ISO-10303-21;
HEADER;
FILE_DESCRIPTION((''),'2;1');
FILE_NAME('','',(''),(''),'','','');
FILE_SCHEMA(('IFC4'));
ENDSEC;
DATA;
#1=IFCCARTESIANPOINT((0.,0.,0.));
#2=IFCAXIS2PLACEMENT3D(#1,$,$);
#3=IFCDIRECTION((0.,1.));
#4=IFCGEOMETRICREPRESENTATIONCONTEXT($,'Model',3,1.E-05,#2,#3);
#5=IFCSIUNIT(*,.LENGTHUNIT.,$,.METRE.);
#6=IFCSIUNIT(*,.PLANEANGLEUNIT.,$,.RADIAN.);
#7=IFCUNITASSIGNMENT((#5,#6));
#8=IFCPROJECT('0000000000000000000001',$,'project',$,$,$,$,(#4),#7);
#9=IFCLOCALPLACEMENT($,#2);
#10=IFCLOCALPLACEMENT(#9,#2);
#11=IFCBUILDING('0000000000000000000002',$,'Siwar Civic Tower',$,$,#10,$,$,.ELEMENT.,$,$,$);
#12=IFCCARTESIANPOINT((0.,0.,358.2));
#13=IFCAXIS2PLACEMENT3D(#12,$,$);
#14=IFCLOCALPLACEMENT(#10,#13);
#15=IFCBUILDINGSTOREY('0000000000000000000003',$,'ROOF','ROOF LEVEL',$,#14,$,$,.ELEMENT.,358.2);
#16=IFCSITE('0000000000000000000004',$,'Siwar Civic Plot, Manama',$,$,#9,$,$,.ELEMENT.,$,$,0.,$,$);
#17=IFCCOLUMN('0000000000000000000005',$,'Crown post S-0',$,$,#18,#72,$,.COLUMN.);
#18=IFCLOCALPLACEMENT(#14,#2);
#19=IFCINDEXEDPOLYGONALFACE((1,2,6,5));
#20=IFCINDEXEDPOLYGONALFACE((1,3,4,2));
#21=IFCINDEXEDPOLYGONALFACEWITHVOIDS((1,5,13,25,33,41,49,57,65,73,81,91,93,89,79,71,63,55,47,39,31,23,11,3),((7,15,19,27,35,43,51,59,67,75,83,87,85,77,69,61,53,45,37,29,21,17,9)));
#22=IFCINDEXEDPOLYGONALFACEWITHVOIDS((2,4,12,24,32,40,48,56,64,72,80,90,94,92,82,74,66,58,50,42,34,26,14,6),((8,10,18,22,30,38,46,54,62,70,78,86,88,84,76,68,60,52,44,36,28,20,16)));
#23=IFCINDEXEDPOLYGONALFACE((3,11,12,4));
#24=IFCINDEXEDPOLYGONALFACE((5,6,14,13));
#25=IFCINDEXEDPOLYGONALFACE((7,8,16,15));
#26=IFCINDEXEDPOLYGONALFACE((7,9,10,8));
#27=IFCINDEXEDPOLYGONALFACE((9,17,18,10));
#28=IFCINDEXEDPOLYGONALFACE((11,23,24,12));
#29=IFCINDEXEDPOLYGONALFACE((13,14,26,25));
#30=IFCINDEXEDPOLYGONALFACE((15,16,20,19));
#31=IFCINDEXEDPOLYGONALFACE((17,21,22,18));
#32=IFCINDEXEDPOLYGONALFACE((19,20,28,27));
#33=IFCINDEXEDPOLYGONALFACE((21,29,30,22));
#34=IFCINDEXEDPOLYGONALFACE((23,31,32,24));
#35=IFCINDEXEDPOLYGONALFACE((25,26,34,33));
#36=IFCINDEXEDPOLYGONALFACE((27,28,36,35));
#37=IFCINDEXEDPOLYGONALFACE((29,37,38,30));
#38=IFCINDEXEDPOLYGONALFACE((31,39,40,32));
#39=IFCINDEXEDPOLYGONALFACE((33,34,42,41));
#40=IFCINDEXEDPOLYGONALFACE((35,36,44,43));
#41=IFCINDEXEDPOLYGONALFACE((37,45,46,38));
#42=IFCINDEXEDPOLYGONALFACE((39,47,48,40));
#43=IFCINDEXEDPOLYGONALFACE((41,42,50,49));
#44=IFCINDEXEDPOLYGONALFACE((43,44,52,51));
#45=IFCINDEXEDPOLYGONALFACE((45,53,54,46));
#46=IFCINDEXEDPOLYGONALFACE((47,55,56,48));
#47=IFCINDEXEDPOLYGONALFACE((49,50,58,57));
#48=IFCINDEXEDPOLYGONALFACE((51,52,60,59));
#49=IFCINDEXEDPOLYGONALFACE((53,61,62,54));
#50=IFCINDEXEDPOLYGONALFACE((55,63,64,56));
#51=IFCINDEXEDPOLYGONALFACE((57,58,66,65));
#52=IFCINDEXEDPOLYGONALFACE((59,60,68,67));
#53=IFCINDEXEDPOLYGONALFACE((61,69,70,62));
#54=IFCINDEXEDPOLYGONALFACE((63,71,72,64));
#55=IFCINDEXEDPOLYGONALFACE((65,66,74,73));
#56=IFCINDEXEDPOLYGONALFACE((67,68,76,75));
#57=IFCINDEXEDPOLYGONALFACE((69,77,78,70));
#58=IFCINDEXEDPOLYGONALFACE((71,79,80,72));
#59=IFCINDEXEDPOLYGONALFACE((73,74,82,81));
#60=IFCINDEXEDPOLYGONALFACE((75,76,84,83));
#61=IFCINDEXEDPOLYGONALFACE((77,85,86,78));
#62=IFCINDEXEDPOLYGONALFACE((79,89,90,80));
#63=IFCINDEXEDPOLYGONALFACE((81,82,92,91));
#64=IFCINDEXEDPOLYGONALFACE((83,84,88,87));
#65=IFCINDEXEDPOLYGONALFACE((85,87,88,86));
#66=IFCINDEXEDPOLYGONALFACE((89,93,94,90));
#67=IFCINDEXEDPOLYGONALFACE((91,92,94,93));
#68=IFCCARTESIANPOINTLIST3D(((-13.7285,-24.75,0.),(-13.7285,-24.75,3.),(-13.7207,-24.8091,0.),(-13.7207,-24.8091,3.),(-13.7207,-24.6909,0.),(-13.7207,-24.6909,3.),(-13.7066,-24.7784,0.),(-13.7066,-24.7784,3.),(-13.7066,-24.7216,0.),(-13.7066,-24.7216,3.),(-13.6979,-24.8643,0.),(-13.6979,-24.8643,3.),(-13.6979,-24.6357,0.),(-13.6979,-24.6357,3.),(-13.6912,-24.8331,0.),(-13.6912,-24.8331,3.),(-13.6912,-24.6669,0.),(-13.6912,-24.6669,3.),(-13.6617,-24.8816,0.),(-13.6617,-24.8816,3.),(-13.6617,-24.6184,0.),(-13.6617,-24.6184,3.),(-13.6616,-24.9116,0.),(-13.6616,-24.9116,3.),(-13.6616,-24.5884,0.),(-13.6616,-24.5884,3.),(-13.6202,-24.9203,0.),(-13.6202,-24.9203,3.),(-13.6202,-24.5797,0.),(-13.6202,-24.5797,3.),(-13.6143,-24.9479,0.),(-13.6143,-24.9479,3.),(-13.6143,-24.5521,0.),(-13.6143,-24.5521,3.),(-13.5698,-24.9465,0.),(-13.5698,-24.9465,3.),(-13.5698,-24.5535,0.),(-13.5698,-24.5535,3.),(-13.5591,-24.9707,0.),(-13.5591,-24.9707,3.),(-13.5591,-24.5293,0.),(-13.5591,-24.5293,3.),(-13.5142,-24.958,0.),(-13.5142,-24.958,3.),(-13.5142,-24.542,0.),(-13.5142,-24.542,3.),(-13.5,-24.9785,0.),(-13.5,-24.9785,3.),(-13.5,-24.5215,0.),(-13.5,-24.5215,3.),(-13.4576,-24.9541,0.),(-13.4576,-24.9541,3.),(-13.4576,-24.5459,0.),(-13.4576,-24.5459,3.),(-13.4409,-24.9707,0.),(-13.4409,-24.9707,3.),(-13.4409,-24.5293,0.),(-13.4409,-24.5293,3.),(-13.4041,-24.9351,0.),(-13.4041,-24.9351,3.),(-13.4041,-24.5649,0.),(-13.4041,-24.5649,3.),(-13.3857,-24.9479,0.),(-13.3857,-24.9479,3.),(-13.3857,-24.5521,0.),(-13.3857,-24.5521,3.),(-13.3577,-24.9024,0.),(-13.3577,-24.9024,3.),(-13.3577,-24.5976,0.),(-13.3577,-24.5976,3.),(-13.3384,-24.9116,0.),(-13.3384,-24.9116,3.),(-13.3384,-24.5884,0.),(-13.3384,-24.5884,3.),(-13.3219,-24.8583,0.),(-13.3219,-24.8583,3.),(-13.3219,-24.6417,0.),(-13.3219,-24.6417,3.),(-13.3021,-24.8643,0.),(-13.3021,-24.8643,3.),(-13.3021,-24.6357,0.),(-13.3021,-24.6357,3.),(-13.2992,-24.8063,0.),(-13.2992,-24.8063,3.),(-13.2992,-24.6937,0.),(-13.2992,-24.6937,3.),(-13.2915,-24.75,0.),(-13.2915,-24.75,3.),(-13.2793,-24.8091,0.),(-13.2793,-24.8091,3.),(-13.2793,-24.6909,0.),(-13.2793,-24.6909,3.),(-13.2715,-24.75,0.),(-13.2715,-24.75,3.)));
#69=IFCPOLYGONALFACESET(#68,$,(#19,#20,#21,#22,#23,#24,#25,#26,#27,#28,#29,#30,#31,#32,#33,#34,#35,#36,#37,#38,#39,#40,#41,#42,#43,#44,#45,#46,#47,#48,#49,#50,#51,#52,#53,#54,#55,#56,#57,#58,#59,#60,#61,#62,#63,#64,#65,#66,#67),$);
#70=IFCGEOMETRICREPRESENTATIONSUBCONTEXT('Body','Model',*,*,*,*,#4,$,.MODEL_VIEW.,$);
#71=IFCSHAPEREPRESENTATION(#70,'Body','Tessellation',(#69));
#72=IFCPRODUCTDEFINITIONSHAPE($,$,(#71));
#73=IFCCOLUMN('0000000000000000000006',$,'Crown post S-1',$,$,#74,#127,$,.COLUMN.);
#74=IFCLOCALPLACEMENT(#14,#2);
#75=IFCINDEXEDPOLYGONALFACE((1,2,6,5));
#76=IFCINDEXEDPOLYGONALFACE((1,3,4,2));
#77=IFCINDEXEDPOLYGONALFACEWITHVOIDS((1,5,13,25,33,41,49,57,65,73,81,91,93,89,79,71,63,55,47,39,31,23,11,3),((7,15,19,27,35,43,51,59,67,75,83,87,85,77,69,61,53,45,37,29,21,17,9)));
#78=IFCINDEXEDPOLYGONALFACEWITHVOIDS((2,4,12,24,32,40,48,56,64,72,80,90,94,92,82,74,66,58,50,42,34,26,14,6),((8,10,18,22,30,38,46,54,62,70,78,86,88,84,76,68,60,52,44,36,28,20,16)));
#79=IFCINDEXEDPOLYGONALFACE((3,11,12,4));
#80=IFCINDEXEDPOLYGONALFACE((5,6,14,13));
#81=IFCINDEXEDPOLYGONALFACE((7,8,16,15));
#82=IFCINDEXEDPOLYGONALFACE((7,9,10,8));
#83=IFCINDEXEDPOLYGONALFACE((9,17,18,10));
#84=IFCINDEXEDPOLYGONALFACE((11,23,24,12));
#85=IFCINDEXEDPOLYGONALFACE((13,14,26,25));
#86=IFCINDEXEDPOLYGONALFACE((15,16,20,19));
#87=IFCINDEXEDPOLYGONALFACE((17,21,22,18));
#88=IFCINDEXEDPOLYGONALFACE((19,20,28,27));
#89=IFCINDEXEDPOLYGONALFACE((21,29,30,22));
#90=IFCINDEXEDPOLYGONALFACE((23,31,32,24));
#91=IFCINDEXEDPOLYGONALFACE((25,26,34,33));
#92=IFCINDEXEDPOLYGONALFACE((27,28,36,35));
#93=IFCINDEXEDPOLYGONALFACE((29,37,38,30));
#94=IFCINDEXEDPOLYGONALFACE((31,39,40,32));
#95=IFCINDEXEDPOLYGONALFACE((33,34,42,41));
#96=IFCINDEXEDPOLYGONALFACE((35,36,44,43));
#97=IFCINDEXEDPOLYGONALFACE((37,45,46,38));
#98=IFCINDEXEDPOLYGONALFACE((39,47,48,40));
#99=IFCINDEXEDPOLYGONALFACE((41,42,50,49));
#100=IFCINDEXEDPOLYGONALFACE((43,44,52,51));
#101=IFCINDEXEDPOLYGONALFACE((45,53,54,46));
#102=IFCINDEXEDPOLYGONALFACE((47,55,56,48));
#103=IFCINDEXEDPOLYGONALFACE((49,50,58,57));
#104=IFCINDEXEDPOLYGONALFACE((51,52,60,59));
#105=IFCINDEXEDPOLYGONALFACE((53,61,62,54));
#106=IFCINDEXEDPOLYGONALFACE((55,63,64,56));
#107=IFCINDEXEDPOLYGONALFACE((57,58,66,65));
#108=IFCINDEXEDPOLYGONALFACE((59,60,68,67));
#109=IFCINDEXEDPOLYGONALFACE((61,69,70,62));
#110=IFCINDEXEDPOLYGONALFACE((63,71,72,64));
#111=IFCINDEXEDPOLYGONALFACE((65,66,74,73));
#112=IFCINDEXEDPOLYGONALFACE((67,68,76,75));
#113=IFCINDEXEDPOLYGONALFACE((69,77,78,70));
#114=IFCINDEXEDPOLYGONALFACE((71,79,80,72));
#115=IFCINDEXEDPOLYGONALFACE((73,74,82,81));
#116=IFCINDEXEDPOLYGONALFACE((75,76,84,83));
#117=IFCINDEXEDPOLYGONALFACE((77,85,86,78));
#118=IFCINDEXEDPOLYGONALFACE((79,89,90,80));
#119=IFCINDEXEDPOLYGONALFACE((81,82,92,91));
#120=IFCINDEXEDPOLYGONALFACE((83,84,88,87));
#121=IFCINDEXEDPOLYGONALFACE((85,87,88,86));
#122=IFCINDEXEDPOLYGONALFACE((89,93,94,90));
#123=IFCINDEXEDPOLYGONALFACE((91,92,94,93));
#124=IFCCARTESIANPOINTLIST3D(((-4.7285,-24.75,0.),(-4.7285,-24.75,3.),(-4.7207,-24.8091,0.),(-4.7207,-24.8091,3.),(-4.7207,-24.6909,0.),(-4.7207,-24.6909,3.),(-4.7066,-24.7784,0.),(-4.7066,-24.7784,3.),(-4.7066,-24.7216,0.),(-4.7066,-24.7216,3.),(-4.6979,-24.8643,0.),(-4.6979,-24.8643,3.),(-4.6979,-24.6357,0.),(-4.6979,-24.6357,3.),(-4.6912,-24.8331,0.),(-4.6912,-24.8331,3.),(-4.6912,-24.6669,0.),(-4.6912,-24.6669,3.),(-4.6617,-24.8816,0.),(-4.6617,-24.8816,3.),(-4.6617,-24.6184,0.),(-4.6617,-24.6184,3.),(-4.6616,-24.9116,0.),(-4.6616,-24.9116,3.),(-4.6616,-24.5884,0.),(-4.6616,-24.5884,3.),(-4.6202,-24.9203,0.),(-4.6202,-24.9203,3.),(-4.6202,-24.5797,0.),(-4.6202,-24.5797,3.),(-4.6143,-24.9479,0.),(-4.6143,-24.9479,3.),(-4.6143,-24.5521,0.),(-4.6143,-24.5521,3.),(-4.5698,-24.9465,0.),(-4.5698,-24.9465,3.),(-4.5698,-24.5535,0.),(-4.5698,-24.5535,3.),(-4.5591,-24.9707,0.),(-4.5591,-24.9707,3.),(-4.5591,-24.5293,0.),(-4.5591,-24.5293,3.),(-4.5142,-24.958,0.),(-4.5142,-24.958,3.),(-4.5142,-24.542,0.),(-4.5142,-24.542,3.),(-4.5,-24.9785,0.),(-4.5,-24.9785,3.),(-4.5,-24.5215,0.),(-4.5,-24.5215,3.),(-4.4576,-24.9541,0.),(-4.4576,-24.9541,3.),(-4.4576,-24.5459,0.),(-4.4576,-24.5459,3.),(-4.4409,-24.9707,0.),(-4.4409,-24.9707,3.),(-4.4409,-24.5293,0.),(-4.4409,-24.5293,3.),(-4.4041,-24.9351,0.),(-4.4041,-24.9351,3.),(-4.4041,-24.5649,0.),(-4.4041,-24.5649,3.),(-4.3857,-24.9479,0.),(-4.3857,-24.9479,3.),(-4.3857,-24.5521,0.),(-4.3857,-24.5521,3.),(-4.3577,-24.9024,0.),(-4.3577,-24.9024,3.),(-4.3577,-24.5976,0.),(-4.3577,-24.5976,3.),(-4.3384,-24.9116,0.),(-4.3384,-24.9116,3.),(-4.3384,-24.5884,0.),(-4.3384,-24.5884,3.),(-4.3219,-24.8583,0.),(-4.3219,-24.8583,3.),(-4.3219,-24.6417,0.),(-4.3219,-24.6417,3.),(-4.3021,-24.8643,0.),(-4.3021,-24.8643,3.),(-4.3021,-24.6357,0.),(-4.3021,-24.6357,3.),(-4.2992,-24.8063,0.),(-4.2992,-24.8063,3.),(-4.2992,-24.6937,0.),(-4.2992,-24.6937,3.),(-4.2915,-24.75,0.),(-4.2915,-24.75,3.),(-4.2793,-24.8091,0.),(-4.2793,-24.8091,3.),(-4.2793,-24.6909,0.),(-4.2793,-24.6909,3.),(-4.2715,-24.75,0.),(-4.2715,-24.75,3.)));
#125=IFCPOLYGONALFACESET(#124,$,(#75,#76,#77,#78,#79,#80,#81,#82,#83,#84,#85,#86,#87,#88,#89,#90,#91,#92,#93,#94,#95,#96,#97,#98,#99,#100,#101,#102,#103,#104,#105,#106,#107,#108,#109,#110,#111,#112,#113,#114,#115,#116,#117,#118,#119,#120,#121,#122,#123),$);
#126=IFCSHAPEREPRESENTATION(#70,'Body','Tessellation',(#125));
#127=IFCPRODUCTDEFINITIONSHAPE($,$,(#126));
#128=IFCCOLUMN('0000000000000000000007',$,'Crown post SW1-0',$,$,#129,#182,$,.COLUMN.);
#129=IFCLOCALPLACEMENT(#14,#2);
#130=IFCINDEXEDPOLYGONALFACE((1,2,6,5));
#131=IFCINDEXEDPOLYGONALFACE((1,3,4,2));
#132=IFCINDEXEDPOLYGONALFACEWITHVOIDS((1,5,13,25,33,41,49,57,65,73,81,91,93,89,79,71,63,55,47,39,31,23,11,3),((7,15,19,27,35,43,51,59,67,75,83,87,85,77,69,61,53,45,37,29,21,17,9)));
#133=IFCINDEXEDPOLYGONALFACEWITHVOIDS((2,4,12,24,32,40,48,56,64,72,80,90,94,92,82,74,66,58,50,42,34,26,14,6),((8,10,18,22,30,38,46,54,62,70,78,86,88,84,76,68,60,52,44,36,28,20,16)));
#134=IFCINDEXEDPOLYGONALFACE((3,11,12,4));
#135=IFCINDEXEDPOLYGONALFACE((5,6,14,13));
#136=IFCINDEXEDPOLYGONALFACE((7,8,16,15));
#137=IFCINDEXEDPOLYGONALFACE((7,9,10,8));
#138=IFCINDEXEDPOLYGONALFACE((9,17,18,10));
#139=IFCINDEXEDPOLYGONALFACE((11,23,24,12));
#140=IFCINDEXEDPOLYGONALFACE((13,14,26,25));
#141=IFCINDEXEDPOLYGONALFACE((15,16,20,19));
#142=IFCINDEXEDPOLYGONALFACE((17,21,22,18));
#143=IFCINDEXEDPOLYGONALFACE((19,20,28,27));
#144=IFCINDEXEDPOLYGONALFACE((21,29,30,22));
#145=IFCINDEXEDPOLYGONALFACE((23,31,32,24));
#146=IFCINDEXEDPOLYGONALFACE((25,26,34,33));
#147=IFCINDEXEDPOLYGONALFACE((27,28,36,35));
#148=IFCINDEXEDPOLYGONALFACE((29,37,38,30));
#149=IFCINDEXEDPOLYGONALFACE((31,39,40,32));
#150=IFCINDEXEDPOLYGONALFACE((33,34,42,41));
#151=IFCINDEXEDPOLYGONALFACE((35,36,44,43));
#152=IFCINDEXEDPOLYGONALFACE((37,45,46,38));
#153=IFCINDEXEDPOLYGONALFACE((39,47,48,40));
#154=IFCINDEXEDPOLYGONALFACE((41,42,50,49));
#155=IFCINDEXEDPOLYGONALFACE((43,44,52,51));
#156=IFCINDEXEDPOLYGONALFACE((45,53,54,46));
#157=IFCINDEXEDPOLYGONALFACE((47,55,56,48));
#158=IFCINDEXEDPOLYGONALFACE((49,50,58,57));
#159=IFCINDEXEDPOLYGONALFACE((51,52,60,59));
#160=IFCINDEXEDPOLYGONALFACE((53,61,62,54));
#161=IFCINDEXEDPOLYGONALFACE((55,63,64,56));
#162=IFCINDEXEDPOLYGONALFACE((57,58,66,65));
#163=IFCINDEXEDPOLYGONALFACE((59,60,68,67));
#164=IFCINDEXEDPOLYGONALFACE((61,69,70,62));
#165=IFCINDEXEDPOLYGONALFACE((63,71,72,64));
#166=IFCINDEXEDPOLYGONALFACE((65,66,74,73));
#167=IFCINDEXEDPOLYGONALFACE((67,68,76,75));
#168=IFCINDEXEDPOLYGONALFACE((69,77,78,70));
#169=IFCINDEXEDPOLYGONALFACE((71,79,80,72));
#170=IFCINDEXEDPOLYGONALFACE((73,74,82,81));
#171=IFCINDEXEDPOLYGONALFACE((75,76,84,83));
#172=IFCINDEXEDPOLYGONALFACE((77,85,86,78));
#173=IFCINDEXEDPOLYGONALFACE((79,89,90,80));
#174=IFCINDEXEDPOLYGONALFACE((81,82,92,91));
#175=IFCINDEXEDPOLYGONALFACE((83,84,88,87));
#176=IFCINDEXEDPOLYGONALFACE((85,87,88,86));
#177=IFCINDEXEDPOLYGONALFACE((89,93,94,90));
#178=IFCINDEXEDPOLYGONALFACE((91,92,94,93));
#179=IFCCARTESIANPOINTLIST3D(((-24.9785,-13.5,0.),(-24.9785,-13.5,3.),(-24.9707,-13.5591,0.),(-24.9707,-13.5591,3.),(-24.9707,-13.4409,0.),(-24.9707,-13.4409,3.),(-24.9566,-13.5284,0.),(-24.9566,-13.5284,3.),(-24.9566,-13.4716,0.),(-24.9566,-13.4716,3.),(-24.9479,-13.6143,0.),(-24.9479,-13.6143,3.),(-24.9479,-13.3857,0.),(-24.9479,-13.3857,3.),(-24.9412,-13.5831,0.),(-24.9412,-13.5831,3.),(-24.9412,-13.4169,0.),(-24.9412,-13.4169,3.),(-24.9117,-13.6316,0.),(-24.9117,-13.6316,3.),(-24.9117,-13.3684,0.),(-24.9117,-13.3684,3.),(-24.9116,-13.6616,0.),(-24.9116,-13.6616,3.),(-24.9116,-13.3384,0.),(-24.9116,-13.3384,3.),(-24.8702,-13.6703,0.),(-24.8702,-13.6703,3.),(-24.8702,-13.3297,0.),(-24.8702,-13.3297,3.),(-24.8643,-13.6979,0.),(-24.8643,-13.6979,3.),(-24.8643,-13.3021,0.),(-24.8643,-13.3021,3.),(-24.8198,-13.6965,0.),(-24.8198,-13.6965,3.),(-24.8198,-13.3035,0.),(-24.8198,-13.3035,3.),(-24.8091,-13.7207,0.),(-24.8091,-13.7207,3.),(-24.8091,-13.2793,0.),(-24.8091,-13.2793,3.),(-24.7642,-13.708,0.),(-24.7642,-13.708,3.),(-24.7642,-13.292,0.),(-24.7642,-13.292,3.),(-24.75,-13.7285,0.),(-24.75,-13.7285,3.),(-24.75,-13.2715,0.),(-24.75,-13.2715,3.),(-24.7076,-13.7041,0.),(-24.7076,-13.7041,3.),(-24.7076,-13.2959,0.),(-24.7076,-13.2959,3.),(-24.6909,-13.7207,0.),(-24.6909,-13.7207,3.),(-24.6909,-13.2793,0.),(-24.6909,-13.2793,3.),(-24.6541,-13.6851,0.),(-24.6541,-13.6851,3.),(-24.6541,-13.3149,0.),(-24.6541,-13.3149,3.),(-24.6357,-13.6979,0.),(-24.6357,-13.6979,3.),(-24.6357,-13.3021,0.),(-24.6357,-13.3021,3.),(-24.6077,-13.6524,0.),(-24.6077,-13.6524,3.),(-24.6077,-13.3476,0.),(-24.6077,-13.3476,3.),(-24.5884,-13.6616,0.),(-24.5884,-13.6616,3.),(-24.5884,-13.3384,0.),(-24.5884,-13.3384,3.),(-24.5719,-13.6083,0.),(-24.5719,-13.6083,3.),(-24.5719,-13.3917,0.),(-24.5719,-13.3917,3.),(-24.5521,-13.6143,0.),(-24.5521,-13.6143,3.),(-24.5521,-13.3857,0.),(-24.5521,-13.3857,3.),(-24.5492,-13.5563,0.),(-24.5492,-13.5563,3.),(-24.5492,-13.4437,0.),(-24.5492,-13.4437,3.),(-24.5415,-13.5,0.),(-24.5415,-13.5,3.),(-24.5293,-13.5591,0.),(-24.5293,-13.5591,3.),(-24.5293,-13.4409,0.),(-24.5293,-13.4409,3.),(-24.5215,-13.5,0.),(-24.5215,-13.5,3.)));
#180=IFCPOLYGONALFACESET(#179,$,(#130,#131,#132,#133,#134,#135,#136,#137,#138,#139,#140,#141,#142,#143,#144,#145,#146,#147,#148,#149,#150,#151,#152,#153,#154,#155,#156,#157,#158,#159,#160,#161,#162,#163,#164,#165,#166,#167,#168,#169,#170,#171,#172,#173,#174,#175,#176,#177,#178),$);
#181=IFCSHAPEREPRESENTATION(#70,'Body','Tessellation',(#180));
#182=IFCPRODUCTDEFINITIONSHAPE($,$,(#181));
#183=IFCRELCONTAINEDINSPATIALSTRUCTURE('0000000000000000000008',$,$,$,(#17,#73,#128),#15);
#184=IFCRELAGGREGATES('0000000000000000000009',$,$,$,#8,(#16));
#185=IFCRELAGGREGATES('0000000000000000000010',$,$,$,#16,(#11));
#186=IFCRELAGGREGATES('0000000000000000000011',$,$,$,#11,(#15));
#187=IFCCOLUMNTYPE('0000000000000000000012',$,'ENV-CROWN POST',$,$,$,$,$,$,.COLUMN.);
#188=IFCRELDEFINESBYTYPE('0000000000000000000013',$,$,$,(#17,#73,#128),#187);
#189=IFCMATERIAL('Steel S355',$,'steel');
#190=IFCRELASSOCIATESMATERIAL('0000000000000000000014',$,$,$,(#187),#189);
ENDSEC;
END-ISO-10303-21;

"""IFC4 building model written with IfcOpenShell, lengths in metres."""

from ifc_helpers import new_model, si_unit, direction, frame, origin, origin_2d, place, context, subcontext, project, spatial, hollow_circle, extrude, material, material_profile, profile_set, type_object, element, save


model = new_model("IFC4")

# Units and contexts
model_context = context("Model", 3, precision=1e-05, world=origin(), true_north=direction((0.0, 1.0)))
body_context = subcontext(model_context, "Body", "Model", "MODEL_VIEW")
ifc_project = project(units=[si_unit("LENGTHUNIT", "METRE"), si_unit("PLANEANGLEUNIT", "RADIAN")], contexts=[model_context])

# Site, building, storey
site_placement = place(None, origin())
site = spatial("IfcSite", under=ifc_project, at=site_placement, Name="Siwar Civic Plot, Manama", CompositionType="ELEMENT", RefElevation=0.0)
building_placement = place(site_placement, origin())
building = spatial("IfcBuilding", under=site, at=building_placement, Name="Siwar Civic Tower", CompositionType="ELEMENT")
storey_placement = place(building_placement, frame((0.0, 0.0, 358.2)))
storey = spatial("IfcBuildingStorey", under=building, at=storey_placement, Name="ROOF", Description="ROOF LEVEL", CompositionType="ELEMENT", Elevation=358.2)

# Columns
ifc_material_1 = material(Name="Steel S355", Category="steel")
ifc_material_profile = material_profile(ifc_material_1, hollow_circle(Radius=0.2285, WallThickness=0.02, at=origin_2d()), Name="CHS457x20")
ifc_profile_set = profile_set([ifc_material_profile], Name="Steel S355")
column_type = type_object("IfcColumnType", Name="ENV-CROWN POST", PredefinedType="COLUMN", material=ifc_profile_set)
for number, where, z_axis, x_axis, name in (
    (1, (-13.5, -24.75, 0.0), (0.0, 0.0, 1.0), (1.0, 0.0, 0.0), "Crown post S-0"),
    (2, (-4.5, -24.75, 0.0), (0.0, 0.0, 1.0), (1.0, 0.0, 0.0), "Crown post S-1"),
    (3, (-24.75, -13.5, 0.0), (0.0, 0.0, 1.0), (1.0, 0.0, 0.0), "Crown post SW1-0"),
):
    element("IfcColumn", number, at=place(storey_placement, frame(where, z_axis=z_axis, x_axis=x_axis)), inside=storey, type_object=column_type, Name=name, PredefinedType="COLUMN", context=body_context, shape_type="SweptSolid", body=[
        extrude(hollow_circle(Radius=0.2285, WallThickness=0.02, at=origin_2d()), origin(), (0.0, 0.0, 1.0), 3.0),
    ])

save(model, "model.ifc")
